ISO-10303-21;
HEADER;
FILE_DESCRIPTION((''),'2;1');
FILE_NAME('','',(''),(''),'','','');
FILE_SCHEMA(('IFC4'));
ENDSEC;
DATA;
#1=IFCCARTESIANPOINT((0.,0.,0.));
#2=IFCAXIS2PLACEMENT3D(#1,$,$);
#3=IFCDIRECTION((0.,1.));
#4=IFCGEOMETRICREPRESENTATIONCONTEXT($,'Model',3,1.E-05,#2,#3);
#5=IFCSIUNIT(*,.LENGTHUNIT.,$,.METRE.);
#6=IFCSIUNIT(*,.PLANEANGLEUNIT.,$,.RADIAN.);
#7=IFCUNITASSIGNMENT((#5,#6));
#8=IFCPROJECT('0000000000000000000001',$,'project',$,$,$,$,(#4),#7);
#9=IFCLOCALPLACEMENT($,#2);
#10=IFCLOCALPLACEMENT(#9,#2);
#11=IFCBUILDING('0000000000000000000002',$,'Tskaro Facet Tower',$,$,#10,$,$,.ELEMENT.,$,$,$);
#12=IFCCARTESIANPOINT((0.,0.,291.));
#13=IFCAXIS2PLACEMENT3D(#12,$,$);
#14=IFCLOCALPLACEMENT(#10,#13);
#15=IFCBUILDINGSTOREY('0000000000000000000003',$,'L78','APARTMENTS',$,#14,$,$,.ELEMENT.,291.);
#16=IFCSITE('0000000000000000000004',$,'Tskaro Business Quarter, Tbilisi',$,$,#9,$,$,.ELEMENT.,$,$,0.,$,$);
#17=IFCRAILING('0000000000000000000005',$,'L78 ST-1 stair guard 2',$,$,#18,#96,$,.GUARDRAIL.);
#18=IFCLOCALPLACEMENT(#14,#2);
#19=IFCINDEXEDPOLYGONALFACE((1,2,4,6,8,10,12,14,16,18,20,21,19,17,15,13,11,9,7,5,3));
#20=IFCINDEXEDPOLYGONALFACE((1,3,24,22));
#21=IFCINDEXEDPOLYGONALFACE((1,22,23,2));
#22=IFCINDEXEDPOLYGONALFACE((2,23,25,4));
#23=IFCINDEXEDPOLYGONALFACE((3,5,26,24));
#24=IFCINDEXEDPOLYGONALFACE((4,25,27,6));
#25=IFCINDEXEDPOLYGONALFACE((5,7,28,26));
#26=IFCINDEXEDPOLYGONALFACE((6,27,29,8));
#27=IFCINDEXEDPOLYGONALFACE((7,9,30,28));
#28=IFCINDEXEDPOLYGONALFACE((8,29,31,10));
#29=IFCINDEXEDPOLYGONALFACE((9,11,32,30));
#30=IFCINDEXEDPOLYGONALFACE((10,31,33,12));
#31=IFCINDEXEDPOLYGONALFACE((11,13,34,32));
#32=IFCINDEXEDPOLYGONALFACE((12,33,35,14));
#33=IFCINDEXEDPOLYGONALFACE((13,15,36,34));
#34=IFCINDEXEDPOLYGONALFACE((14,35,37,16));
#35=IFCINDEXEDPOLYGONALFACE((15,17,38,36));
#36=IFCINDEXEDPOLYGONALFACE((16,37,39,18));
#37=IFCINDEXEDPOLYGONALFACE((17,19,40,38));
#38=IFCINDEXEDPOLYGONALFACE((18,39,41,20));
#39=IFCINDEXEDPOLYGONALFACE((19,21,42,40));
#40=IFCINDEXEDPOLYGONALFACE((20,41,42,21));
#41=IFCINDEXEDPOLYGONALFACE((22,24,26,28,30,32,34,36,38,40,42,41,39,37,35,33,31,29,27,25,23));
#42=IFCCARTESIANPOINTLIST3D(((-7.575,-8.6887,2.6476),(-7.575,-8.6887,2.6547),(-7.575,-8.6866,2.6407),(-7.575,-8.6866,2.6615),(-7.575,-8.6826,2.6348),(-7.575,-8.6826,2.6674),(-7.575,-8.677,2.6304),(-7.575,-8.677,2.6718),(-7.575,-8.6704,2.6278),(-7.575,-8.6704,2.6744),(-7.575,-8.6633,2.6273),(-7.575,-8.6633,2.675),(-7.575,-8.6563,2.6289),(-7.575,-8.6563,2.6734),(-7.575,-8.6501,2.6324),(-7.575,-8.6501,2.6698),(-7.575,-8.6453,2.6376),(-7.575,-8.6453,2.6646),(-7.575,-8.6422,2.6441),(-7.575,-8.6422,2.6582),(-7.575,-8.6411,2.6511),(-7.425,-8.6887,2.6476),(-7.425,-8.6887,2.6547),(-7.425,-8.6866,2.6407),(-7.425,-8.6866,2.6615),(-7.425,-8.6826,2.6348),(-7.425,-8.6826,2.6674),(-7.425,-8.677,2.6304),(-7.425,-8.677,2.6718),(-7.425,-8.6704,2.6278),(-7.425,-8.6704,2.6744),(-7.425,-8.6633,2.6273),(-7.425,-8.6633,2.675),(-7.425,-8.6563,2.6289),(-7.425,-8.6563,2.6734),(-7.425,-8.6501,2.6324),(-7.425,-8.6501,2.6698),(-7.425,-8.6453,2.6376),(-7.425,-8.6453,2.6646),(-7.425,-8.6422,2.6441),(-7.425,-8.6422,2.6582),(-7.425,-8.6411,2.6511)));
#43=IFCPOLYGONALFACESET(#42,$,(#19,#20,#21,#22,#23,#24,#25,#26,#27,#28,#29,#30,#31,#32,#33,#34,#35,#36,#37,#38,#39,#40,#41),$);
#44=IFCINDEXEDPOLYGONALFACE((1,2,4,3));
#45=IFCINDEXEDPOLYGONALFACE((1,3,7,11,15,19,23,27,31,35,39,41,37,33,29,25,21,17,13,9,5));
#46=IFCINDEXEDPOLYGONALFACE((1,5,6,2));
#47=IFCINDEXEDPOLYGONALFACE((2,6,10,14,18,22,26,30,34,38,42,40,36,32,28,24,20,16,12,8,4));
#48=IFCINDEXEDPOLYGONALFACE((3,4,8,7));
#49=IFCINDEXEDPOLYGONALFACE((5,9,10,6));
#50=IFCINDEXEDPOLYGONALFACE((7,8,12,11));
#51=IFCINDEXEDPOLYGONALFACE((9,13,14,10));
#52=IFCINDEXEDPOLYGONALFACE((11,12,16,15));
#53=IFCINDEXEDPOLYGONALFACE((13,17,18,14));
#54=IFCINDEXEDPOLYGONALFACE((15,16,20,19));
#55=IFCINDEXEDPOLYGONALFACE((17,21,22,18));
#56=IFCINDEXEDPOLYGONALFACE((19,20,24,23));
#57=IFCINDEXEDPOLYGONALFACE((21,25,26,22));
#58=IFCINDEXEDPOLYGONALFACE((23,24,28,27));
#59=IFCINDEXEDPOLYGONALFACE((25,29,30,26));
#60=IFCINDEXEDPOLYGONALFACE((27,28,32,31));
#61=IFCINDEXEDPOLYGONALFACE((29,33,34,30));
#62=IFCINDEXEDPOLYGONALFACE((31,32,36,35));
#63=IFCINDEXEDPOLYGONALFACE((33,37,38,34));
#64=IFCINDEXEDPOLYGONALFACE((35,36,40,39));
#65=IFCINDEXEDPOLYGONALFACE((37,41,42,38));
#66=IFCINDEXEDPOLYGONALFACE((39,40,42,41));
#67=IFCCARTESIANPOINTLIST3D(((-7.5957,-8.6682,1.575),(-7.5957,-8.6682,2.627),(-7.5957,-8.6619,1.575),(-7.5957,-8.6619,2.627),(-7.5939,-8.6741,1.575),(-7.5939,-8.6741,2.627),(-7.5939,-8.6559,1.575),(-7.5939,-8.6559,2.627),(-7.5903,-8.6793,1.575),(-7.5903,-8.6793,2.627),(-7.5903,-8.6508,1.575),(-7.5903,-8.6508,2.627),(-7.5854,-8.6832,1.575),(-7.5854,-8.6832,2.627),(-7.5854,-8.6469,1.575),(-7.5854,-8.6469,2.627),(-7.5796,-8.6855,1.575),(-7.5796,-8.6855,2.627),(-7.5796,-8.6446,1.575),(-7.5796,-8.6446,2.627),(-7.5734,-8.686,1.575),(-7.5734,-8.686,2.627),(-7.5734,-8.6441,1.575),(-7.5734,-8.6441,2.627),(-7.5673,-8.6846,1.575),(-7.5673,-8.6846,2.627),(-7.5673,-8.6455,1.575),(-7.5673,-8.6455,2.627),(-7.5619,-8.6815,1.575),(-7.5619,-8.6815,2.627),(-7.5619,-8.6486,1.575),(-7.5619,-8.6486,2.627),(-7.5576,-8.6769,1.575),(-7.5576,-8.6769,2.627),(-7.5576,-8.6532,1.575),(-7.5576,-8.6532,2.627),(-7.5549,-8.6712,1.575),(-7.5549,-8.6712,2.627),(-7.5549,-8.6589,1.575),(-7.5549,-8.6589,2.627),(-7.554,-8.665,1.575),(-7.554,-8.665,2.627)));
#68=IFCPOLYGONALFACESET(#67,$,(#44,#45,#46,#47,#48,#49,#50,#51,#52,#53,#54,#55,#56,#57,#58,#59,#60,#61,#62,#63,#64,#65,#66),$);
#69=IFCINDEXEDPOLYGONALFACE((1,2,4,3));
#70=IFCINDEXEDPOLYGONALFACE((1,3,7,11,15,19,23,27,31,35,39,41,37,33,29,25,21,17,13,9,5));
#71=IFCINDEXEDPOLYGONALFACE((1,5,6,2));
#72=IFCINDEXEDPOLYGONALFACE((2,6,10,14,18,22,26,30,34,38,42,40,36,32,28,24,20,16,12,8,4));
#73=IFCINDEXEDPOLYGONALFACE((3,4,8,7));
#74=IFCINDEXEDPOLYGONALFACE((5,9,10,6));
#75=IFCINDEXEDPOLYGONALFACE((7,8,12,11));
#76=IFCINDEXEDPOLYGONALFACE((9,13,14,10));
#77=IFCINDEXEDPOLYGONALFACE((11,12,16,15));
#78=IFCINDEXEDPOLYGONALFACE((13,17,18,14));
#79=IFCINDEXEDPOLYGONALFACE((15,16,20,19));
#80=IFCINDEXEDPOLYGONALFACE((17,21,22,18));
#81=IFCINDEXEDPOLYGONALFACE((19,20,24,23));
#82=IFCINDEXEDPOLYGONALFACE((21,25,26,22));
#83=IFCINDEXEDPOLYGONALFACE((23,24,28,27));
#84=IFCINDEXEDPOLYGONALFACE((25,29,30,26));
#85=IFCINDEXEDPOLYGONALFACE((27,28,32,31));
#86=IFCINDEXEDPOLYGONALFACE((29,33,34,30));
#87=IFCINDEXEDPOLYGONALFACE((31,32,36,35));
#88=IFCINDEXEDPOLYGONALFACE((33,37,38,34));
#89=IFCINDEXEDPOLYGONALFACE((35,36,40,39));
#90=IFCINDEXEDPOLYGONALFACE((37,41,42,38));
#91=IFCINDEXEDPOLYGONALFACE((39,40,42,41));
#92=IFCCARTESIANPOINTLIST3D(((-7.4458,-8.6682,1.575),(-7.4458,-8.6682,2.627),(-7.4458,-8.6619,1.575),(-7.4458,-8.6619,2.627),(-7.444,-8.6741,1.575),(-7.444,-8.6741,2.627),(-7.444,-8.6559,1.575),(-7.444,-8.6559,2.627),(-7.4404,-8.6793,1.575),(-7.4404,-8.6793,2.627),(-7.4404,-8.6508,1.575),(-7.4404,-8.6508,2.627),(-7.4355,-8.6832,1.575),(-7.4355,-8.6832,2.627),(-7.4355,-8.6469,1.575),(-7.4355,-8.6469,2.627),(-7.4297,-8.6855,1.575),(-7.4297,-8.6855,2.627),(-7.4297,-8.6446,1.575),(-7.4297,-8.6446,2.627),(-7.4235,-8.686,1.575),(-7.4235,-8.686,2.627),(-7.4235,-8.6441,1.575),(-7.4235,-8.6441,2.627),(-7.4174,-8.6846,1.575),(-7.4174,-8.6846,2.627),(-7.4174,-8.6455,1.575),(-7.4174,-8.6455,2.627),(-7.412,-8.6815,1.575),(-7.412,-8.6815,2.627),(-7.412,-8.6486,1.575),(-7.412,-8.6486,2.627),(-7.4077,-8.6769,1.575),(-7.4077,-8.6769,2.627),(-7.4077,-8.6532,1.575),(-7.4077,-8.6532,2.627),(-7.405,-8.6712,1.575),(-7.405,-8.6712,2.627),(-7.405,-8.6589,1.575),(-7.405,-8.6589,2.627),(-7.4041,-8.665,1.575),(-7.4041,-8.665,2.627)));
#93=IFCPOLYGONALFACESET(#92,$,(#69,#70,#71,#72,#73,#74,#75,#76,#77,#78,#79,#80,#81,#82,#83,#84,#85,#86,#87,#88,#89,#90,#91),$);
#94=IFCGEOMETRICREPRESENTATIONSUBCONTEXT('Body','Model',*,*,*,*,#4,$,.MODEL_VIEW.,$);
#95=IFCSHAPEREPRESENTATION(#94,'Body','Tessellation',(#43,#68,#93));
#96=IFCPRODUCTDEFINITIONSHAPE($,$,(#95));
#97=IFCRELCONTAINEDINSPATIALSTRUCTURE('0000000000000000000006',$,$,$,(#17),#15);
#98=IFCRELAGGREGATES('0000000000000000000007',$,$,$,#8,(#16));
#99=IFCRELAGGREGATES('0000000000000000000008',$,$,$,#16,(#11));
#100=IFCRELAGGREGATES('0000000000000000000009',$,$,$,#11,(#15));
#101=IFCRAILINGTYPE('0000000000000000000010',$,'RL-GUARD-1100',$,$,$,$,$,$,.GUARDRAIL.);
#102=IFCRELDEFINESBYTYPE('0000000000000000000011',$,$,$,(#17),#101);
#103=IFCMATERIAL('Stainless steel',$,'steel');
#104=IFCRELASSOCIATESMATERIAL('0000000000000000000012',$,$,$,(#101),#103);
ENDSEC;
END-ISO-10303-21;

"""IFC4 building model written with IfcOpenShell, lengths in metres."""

from ifc_helpers import new_model, si_unit, direction, frame, origin, origin_2d, place, context, subcontext, project, spatial, circle, extrude, material, type_object, element, save


model = new_model("IFC4")

# Units and contexts
model_context = context("Model", 3, precision=1e-05, world=origin(), true_north=direction((0.0, 1.0)))
body_context = subcontext(model_context, "Body", "Model", "MODEL_VIEW")
ifc_project = project(units=[si_unit("LENGTHUNIT", "METRE"), si_unit("PLANEANGLEUNIT", "RADIAN")], contexts=[model_context])

# Site, building, storey
site_placement = place(None, origin())
site = spatial("IfcSite", under=ifc_project, at=site_placement, Name="Tskaro Business Quarter, Tbilisi", CompositionType="ELEMENT", RefElevation=0.0)
building_placement = place(site_placement, origin())
building = spatial("IfcBuilding", under=site, at=building_placement, Name="Tskaro Facet Tower", CompositionType="ELEMENT")
storey_placement = place(building_placement, frame((0.0, 0.0, 291.0)))
storey = spatial("IfcBuildingStorey", under=building, at=storey_placement, Name="L78", Description="APARTMENTS", CompositionType="ELEMENT", Elevation=291.0)

# Shared definitions
ifc_material_1 = material(Name="Stainless steel", Category="steel")

# Railing
railing_type_1 = type_object("IfcRailingType", Name="RL-GUARD-1100", PredefinedType="GUARDRAIL", material=ifc_material_1)
railing_1_placement = place(storey_placement, frame((-7.575, -8.665, 1.575)))
element("IfcRailing", 1, at=railing_1_placement, inside=storey, type_object=railing_type_1, Name="L78 ST-1 stair guard 2", PredefinedType="GUARDRAIL", context=body_context, shape_type="SweptSolid", body=[
    extrude(circle(Radius=0.0239, at=origin_2d()), frame((0.0, 0.0, 1.0762), z_axis=(1.0, 0.0, 0.0), x_axis=(0.0, 1.0, 0.0)), (0.0, 0.0, 1.0), 0.1499),
    extrude(circle(Radius=0.021, at=origin_2d()), origin(), (0.0, 0.0, 1.0), 1.052),
    extrude(circle(Radius=0.021, at=origin_2d()), frame((0.1499, 0.0, 0.0)), (0.0, 0.0, 1.0), 1.052),
])

save(model, "model.ifc")
